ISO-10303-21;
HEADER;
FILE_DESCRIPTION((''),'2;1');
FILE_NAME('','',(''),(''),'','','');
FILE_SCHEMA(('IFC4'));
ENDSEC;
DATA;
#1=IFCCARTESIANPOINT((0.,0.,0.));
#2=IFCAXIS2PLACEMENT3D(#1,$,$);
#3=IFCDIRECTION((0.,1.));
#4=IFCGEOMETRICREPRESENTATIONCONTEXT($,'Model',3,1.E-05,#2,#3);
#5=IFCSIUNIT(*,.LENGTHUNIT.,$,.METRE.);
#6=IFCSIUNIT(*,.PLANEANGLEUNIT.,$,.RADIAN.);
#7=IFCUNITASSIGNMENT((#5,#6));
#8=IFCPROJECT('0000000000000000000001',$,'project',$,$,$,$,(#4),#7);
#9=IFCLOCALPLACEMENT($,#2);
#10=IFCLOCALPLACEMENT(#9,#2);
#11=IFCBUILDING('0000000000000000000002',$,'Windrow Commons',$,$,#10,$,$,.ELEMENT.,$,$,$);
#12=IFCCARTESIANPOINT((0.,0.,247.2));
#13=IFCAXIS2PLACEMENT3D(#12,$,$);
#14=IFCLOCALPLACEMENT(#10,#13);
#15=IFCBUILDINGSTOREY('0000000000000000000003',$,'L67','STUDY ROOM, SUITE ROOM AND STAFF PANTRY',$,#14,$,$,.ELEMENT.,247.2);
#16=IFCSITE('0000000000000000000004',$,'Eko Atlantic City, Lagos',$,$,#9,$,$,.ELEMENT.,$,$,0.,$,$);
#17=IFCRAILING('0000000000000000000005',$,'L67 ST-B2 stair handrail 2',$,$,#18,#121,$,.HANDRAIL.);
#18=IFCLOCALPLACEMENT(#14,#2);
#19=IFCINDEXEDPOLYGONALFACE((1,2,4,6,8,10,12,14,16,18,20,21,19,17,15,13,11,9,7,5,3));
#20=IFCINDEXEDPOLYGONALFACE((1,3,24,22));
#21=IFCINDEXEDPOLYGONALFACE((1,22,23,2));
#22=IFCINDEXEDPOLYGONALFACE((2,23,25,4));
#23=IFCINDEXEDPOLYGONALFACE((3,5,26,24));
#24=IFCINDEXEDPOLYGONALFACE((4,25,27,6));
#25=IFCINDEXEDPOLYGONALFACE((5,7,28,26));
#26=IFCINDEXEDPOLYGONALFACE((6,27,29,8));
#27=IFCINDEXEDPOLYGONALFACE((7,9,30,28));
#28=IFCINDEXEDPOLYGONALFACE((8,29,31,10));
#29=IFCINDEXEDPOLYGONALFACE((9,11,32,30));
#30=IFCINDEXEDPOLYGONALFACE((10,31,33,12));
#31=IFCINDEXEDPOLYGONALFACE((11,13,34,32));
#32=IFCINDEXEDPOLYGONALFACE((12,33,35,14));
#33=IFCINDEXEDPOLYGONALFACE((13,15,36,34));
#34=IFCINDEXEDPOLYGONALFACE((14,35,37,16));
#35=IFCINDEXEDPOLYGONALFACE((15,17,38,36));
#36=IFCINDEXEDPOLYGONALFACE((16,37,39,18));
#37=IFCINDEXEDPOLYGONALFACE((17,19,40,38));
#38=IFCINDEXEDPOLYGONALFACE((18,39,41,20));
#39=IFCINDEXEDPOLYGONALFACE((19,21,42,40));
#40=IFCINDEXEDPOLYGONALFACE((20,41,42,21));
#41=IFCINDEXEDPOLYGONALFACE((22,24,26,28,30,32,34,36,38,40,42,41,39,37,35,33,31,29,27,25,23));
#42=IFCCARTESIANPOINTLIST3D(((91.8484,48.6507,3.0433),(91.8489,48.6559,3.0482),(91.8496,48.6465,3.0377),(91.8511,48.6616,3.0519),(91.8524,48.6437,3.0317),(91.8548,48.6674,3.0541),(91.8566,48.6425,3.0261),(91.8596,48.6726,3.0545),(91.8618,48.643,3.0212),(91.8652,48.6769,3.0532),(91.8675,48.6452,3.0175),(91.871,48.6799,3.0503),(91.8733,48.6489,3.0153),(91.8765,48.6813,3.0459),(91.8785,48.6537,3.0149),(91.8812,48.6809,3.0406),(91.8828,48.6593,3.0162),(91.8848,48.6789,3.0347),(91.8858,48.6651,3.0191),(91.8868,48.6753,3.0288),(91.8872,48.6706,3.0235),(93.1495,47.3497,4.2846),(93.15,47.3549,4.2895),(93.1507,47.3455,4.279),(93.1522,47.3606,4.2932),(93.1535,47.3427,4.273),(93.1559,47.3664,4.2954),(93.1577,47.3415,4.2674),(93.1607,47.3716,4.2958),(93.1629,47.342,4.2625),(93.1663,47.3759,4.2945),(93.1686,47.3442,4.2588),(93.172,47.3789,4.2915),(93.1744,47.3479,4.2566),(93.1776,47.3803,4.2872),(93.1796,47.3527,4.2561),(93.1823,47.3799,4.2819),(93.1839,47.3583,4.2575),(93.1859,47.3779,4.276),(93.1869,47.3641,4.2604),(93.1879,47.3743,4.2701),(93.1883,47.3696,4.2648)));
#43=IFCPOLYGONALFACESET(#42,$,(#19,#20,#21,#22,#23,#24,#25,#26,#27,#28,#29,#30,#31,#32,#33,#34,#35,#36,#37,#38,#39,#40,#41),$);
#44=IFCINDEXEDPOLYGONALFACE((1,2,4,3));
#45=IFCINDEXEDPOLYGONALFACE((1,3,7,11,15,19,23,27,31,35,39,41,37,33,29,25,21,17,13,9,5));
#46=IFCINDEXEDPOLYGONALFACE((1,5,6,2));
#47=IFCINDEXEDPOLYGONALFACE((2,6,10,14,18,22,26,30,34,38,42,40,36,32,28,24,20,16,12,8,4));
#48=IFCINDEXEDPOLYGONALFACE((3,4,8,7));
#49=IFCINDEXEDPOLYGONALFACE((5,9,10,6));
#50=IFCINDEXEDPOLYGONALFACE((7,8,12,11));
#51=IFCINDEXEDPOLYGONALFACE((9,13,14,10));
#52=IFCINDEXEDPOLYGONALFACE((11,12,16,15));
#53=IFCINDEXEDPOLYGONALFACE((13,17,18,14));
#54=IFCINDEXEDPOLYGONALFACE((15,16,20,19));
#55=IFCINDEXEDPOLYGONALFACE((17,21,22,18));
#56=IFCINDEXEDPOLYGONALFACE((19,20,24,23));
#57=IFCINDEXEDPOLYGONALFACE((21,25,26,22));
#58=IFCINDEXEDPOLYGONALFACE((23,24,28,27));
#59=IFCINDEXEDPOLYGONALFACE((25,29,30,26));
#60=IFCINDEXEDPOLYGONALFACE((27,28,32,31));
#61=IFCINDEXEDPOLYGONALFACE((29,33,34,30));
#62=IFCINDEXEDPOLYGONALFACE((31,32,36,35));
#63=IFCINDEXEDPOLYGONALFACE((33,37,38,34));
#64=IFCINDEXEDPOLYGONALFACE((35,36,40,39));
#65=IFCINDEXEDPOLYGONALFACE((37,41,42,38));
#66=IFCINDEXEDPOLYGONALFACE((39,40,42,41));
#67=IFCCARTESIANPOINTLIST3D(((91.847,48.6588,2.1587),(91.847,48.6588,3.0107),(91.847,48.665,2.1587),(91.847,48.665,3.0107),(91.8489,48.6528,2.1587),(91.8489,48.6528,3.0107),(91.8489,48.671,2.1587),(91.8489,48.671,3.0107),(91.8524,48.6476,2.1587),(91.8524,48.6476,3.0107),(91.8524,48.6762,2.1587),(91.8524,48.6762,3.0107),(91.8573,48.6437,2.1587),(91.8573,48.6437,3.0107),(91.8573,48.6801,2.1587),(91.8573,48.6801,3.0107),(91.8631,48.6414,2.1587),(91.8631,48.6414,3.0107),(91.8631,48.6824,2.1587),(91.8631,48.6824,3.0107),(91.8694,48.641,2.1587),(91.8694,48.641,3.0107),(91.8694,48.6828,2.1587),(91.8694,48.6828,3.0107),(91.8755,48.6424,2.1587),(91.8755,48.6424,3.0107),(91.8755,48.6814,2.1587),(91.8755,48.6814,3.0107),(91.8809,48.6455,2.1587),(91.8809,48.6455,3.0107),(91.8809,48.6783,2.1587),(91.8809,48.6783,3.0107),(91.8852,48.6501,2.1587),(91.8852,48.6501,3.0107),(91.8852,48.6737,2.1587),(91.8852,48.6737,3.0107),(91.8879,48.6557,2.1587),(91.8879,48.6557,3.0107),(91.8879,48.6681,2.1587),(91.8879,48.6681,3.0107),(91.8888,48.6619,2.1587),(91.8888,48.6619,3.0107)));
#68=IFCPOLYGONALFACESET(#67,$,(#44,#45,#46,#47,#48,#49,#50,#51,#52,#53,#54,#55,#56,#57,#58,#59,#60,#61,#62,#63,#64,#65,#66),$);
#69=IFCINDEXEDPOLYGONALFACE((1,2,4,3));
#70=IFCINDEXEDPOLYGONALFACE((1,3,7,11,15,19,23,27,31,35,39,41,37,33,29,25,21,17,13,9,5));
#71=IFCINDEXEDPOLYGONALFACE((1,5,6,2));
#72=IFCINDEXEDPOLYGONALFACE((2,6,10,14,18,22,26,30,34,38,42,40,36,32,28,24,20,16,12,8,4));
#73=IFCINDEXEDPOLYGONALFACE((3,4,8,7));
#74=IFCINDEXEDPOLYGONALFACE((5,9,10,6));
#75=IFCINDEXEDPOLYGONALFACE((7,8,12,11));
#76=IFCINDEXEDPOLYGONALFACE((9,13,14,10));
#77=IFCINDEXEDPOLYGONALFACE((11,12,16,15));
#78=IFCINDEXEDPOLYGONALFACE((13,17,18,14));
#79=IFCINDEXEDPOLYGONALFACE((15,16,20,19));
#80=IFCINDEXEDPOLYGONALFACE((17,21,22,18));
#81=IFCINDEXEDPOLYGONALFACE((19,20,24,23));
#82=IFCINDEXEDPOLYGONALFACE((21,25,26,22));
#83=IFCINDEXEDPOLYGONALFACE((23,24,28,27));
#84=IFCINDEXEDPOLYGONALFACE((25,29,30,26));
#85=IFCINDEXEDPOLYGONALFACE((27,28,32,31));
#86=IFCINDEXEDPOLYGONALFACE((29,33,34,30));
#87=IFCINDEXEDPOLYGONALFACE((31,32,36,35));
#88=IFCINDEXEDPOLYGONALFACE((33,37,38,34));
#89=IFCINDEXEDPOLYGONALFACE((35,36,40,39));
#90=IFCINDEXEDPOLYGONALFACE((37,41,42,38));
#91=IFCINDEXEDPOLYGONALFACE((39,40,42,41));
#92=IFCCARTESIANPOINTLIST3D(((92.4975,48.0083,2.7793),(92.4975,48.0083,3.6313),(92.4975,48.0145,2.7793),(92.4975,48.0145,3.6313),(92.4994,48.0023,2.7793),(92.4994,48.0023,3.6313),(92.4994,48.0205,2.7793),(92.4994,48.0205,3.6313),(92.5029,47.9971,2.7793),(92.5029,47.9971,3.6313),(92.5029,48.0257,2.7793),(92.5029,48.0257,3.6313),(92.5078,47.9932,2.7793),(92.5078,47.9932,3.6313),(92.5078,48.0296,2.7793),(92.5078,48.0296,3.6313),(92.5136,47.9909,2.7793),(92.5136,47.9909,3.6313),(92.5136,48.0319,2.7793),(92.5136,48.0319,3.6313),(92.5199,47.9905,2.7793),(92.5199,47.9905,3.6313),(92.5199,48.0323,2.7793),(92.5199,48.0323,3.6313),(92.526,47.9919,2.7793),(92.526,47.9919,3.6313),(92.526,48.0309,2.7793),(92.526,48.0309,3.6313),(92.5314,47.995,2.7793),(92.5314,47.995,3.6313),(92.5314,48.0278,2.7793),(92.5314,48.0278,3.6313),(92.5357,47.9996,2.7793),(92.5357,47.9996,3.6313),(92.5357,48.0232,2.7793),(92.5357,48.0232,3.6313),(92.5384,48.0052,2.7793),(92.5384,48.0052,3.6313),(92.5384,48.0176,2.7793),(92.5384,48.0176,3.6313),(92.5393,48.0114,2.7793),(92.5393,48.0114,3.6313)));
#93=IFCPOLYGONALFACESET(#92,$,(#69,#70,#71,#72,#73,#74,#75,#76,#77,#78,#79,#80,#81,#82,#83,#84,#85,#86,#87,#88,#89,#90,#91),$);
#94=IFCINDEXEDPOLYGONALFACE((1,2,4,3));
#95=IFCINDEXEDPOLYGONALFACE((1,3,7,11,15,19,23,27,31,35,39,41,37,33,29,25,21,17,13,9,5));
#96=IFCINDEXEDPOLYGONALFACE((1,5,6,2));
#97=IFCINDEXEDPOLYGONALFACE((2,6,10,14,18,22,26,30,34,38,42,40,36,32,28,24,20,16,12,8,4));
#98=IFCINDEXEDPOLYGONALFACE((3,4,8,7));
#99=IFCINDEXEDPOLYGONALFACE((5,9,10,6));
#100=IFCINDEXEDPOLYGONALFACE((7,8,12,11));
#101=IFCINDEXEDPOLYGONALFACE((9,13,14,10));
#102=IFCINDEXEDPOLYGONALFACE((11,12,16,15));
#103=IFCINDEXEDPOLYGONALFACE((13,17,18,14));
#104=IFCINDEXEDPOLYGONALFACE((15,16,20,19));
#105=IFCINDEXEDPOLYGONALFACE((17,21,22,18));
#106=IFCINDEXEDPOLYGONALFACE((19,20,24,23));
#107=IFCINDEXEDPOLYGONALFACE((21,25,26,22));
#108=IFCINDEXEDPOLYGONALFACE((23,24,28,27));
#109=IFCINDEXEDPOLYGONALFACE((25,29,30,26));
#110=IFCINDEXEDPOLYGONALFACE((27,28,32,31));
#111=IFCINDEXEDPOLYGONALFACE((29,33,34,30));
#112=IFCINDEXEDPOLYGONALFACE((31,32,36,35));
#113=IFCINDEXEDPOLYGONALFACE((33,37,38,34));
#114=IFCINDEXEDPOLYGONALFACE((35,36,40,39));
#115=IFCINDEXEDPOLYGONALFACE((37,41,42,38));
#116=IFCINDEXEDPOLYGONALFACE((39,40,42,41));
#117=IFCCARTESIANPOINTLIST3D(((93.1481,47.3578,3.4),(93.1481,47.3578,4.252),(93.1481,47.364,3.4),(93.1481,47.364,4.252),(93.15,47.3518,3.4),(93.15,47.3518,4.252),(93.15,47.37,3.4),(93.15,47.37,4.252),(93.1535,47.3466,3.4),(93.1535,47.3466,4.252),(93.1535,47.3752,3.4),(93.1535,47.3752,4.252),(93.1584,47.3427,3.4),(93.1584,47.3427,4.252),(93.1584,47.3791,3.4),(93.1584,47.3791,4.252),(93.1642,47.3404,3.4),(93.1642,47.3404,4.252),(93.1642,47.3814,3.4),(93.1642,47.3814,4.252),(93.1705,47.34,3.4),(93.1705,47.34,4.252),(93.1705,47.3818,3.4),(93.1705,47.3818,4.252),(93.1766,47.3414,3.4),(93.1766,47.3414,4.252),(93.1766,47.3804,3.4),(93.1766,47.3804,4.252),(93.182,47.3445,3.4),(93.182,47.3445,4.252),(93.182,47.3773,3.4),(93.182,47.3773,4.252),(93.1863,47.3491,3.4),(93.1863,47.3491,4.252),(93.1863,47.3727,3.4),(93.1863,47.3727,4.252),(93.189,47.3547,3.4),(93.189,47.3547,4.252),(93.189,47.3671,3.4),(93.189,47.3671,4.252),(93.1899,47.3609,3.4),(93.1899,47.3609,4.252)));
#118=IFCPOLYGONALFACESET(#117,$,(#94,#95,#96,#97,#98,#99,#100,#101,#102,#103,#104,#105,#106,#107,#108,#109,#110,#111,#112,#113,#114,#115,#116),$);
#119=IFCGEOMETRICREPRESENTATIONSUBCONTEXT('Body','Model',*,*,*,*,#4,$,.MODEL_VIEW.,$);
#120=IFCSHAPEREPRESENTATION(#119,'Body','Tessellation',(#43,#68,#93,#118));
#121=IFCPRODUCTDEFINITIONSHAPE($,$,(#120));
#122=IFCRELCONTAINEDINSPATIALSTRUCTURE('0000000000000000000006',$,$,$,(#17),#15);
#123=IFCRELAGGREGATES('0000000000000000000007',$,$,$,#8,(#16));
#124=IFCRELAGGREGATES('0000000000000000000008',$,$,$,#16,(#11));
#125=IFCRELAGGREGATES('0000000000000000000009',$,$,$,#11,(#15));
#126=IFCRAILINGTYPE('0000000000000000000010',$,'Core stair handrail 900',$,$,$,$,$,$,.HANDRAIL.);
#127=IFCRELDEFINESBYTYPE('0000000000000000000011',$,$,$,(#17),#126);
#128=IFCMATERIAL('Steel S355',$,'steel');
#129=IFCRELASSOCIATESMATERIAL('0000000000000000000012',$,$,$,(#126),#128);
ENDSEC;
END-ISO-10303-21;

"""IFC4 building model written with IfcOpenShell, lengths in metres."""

from ifc_helpers import new_model, si_unit, direction, frame, origin, origin_2d, place, context, subcontext, project, spatial, circle, extrude, material, type_object, element, save


model = new_model("IFC4")

# Units and contexts
model_context = context("Model", 3, precision=1e-05, world=origin(), true_north=direction((0.0, 1.0)))
body_context = subcontext(model_context, "Body", "Model", "MODEL_VIEW")
ifc_project = project(units=[si_unit("LENGTHUNIT", "METRE"), si_unit("PLANEANGLEUNIT", "RADIAN")], contexts=[model_context])

# Site, building, storey
site_placement = place(None, origin())
site = spatial("IfcSite", under=ifc_project, at=site_placement, Name="Eko Atlantic City, Lagos", CompositionType="ELEMENT", RefElevation=0.0)
building_placement = place(site_placement, origin())
building = spatial("IfcBuilding", under=site, at=building_placement, Name="Windrow Commons", CompositionType="ELEMENT")
storey_placement = place(building_placement, frame((0.0, 0.0, 247.2)))
storey = spatial("IfcBuildingStorey", under=building, at=storey_placement, Name="L67", Description="STUDY ROOM, SUITE ROOM AND STAFF PANTRY", CompositionType="ELEMENT", Elevation=247.2)

# Railing
ifc_material_1 = material(Name="Steel S355", Category="steel")
railing_type_1 = type_object("IfcRailingType", Name="Core stair handrail 900", PredefinedType="HANDRAIL", material=ifc_material_1)
railing_1_placement = place(storey_placement, frame((91.8678, 48.6619, 2.1587)))
element("IfcRailing", 1, at=railing_1_placement, inside=storey, type_object=railing_type_1, Name="L67 ST-B2 stair handrail 2", PredefinedType="HANDRAIL", context=body_context, shape_type="SweptSolid", body=[
    extrude(circle(Radius=0.024, at=origin_2d()), frame((0.0, 0.0, 0.876), z_axis=(0.586207, -0.586162, 0.559264), x_axis=(0.70708, 0.707134, 0.0)), (0.0, 0.0, 1.0), 2.2195),
    extrude(circle(Radius=0.021, at=origin_2d()), origin(), (0.0, 0.0, 1.0), 0.852),
    extrude(circle(Radius=0.021, at=origin_2d()), frame((0.6505, -0.6505, 0.6206)), (0.0, 0.0, 1.0), 0.852),
    extrude(circle(Radius=0.021, at=origin_2d()), frame((1.3011, -1.301, 1.2413)), (0.0, 0.0, 1.0), 0.852),
])

save(model, "model.ifc")
